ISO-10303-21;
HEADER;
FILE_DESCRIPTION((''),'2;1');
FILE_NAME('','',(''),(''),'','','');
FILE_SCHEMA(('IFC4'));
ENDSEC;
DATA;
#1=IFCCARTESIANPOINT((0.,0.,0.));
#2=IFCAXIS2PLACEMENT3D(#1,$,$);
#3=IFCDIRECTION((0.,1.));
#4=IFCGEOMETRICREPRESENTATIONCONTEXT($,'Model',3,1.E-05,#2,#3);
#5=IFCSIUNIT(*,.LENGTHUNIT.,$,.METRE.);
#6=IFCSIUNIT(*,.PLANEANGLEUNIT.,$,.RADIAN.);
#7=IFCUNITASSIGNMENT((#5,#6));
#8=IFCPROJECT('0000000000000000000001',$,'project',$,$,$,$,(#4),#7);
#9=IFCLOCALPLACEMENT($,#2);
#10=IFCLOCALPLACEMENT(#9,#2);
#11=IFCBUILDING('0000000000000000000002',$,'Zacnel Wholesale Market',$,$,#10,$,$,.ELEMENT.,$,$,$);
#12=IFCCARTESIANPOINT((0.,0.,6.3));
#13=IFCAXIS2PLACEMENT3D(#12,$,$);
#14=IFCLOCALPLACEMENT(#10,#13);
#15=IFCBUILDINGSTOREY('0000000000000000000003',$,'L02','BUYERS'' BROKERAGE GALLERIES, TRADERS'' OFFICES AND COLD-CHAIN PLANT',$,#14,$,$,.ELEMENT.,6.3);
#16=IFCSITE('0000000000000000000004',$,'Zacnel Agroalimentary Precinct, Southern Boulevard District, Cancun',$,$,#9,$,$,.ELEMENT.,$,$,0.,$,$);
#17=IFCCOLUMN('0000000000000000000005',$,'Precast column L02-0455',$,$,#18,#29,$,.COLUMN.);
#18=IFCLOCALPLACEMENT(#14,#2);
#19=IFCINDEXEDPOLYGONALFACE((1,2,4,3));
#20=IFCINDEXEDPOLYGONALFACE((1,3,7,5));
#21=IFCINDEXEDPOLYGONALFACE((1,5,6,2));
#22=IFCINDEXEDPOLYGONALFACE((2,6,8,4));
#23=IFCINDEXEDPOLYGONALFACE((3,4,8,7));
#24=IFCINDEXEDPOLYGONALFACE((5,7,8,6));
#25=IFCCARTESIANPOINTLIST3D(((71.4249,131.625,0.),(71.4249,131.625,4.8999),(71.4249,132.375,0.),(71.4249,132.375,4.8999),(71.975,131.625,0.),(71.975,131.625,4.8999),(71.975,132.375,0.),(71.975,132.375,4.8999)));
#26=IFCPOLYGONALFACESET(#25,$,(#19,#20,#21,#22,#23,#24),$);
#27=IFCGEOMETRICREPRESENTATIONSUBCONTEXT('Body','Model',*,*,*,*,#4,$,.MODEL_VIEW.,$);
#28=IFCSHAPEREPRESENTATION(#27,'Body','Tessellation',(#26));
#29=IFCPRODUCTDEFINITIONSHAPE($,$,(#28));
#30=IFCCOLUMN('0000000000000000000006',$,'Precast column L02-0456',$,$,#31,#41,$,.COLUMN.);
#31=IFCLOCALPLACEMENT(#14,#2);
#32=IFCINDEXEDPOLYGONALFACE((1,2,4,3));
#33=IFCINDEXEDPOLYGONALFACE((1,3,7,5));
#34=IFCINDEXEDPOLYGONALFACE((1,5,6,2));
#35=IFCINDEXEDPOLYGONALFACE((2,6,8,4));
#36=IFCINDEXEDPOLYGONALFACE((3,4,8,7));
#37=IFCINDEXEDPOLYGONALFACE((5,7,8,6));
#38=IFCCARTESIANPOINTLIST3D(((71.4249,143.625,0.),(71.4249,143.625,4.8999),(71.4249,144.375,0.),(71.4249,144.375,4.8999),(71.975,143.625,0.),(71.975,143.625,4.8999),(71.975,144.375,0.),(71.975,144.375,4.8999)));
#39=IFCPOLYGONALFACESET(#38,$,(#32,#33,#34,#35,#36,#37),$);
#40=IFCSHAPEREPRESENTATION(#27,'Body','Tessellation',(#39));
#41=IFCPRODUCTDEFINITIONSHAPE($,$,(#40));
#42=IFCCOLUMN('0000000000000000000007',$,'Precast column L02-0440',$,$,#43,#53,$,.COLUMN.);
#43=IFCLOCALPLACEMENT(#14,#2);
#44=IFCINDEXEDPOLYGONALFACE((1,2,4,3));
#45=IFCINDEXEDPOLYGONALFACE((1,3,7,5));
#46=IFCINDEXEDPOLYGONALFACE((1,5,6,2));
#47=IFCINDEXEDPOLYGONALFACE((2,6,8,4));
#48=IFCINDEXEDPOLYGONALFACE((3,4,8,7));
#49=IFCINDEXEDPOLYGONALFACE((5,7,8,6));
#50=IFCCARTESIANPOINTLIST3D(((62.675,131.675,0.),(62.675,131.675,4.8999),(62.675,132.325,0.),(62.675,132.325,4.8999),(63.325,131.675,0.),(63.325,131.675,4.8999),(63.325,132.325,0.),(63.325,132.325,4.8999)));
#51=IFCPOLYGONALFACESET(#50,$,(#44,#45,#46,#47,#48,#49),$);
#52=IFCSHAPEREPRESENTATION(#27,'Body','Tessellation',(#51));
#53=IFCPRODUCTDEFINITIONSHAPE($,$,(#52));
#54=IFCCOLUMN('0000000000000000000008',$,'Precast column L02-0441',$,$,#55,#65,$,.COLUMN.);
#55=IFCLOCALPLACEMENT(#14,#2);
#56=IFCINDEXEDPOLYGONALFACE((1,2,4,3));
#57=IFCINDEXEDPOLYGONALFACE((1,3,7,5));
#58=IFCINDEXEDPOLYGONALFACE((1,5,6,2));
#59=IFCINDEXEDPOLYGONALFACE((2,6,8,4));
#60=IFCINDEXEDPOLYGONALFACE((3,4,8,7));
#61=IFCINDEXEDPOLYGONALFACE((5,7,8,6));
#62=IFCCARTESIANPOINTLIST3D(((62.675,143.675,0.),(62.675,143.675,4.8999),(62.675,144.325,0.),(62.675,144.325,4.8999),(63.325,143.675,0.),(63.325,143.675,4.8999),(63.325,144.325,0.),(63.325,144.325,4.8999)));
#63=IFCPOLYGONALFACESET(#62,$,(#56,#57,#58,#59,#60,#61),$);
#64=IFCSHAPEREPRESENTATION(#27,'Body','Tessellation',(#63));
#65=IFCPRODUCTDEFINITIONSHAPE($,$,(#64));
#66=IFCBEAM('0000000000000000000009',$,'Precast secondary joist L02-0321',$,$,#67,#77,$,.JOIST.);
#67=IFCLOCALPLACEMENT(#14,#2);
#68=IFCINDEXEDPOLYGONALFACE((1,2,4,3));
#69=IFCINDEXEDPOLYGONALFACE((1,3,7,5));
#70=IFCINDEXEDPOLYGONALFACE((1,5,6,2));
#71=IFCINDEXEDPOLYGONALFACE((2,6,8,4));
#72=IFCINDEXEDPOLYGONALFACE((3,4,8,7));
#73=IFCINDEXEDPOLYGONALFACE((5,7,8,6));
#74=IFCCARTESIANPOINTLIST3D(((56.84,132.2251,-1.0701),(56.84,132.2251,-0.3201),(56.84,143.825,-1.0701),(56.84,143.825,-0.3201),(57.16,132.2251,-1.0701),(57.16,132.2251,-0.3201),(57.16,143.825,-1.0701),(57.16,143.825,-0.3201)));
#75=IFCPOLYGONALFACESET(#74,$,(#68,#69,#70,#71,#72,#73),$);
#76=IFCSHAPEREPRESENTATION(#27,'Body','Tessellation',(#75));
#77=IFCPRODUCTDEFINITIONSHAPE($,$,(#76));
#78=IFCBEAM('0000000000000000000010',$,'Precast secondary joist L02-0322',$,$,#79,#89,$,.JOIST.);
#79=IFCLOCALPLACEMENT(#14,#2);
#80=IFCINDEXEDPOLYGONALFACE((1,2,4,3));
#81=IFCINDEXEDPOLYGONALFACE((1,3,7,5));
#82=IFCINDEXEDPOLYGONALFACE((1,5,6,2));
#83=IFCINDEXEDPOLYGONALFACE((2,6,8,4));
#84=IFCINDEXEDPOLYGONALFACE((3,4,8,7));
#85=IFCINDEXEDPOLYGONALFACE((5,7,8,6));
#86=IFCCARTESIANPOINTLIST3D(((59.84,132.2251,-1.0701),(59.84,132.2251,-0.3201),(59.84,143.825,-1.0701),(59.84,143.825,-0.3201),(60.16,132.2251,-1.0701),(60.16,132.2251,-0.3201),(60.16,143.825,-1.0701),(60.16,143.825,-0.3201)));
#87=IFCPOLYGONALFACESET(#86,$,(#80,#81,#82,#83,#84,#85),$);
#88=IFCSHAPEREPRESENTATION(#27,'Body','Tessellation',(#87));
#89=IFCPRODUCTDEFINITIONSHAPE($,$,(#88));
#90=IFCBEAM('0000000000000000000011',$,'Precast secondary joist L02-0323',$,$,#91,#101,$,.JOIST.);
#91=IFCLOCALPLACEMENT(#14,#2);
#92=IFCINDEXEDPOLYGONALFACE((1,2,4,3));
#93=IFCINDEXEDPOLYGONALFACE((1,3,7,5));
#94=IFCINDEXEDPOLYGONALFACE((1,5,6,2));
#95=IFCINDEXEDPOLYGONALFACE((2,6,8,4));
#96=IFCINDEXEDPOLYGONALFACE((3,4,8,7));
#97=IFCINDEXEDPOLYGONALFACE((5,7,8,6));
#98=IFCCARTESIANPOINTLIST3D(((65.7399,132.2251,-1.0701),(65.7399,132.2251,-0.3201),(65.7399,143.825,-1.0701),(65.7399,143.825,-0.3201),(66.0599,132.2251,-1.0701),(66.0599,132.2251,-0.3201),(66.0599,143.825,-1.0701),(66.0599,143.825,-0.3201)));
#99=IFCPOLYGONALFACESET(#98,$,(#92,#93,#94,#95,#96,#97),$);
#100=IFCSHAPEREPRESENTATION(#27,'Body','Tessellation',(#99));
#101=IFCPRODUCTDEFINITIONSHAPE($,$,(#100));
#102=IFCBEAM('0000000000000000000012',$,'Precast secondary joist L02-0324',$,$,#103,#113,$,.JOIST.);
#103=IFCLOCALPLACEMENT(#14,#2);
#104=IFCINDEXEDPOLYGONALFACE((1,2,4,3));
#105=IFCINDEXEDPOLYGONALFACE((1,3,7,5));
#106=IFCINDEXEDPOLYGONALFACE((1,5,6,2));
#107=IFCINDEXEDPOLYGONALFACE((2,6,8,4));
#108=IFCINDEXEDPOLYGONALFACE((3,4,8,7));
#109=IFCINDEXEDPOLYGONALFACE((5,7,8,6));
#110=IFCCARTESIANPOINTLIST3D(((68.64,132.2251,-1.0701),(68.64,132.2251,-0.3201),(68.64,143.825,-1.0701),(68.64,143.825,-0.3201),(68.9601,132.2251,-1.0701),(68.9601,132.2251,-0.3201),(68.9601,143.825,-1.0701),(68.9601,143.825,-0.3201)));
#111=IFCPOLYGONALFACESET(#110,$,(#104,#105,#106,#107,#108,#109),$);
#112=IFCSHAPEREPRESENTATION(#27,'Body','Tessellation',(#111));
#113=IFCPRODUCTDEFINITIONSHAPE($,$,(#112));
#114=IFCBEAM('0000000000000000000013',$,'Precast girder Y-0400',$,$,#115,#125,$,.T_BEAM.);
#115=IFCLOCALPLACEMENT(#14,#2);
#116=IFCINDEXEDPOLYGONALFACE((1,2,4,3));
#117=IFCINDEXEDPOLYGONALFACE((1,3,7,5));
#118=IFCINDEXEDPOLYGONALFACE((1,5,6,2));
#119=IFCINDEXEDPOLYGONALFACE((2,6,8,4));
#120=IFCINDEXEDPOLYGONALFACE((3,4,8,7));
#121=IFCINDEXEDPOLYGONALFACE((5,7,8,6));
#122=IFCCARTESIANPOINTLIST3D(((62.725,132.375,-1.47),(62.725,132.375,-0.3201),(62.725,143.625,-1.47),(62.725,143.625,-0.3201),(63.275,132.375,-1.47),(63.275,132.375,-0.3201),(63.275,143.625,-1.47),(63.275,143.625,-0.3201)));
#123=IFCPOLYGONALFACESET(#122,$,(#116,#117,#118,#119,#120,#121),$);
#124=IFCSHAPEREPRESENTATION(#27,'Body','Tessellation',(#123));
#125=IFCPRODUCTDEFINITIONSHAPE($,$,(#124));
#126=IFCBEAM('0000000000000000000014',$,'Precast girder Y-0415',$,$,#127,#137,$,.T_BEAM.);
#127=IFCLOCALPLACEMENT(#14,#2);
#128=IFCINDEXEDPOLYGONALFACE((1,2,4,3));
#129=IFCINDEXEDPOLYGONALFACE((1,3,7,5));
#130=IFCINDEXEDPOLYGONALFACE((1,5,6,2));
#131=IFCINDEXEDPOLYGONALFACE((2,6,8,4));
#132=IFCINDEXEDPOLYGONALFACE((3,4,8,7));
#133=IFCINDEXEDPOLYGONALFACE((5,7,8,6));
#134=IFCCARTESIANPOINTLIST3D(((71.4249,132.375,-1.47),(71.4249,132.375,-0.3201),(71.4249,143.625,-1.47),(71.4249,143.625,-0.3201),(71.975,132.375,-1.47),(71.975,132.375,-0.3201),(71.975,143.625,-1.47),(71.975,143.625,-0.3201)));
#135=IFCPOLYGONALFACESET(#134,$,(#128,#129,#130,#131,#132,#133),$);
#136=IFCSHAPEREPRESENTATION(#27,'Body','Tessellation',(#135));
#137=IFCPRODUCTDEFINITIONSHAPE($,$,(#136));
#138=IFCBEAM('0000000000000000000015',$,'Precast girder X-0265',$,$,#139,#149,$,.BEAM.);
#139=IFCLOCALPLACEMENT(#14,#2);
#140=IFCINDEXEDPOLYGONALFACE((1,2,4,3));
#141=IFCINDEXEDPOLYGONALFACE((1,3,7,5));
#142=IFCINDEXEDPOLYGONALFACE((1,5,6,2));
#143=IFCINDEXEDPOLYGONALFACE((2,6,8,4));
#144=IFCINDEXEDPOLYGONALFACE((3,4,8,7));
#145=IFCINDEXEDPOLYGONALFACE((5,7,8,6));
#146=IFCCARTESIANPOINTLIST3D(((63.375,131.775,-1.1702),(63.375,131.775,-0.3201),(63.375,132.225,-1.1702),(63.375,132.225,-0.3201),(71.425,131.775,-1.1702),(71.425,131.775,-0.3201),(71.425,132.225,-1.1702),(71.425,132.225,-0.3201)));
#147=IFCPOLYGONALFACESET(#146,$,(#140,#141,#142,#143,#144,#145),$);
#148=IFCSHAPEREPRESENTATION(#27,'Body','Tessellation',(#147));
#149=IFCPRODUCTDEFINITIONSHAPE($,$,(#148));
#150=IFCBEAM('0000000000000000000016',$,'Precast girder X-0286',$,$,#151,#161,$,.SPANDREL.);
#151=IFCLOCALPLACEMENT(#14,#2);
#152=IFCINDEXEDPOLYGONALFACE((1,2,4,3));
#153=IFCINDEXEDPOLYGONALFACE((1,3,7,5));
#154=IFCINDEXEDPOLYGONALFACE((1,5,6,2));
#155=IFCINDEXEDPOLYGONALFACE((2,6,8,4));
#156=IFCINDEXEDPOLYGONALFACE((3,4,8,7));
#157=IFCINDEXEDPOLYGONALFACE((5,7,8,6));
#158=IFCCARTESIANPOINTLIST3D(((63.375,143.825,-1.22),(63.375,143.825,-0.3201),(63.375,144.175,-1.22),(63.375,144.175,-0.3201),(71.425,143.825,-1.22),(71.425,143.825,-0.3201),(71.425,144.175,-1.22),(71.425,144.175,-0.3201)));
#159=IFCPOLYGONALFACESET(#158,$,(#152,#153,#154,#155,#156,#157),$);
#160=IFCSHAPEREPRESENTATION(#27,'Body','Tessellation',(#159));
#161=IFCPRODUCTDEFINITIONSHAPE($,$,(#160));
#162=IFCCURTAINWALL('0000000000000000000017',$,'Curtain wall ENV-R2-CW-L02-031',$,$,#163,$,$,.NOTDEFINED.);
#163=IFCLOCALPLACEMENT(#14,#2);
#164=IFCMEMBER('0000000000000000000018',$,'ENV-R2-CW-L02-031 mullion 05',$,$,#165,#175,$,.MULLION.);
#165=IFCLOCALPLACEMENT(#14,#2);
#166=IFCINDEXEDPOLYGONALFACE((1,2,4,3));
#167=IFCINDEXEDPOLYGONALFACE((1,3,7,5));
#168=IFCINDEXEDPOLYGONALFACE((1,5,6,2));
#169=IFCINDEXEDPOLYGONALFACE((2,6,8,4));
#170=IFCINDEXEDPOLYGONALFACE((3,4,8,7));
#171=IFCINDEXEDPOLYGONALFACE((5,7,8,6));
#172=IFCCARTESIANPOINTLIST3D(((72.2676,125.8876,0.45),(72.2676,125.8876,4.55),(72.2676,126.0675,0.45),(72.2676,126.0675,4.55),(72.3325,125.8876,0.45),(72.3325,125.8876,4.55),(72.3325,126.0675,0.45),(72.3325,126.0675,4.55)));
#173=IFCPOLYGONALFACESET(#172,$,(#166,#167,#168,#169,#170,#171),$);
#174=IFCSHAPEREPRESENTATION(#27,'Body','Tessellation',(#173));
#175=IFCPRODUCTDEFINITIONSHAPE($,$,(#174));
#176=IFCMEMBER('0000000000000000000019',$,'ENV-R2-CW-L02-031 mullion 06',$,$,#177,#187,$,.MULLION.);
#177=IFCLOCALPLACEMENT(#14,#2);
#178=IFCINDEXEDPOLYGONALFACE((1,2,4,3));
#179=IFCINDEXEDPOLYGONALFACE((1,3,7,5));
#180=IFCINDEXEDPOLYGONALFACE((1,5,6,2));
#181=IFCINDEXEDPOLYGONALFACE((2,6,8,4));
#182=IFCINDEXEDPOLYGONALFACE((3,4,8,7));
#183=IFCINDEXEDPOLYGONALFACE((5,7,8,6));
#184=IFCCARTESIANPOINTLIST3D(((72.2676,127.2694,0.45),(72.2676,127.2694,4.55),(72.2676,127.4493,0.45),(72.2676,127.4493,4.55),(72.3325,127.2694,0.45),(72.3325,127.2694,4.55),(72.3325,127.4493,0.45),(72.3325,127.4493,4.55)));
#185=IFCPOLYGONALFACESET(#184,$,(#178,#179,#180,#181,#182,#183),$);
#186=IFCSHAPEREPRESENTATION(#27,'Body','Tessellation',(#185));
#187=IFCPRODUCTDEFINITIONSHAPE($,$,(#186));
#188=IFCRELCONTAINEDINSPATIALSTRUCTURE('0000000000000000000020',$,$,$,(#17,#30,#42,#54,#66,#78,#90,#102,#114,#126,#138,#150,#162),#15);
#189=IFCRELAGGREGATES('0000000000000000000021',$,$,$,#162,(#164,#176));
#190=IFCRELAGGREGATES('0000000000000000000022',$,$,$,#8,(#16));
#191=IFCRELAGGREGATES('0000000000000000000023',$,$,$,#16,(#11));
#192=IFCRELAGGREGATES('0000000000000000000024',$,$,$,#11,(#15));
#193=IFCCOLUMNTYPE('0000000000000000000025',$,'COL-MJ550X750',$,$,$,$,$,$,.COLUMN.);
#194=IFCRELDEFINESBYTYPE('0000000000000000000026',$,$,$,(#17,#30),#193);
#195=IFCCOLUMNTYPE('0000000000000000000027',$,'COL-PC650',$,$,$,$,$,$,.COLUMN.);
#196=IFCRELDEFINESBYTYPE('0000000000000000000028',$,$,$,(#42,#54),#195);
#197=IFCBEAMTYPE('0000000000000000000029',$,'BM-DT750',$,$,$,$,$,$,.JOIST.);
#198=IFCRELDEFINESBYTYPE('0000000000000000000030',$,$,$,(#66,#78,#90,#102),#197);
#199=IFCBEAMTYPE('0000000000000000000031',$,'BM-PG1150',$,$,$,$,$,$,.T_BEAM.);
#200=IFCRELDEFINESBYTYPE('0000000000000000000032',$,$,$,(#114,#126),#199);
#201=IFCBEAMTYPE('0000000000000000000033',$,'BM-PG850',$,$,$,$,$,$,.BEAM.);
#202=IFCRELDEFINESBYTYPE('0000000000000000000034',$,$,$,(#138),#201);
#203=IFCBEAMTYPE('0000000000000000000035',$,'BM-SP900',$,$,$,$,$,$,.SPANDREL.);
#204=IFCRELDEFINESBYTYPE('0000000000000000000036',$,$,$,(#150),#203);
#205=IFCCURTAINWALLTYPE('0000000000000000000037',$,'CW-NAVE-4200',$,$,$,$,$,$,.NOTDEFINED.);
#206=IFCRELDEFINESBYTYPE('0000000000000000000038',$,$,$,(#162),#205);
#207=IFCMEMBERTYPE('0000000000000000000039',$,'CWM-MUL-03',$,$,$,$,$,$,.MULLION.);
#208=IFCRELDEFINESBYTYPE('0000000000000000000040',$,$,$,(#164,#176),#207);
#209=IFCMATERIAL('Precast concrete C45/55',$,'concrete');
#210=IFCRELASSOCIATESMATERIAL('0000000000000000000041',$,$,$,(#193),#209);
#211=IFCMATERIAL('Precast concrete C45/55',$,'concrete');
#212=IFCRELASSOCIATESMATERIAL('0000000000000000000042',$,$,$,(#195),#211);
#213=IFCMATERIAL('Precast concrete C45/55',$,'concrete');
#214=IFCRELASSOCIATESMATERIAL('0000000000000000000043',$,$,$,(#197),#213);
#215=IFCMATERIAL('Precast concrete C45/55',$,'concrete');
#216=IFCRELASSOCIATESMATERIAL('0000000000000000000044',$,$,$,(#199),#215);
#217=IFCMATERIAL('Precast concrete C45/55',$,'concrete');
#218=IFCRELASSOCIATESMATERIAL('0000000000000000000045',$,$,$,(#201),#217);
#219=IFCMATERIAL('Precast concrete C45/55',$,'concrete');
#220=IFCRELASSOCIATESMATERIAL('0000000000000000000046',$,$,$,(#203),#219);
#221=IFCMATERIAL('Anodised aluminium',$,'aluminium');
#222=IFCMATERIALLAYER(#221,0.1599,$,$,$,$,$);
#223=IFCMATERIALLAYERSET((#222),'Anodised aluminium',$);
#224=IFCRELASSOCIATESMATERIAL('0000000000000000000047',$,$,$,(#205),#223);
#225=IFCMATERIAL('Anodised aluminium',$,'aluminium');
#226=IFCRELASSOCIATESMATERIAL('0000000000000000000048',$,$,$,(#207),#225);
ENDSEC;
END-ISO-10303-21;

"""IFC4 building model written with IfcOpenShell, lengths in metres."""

from ifc_helpers import new_model, si_unit, direction, frame, origin, origin_2d, place, context, subcontext, project, spatial, rectangle, extrude, material, layer, layer_set, material_profile, profile_set, type_object, element, aggregate, save


model = new_model("IFC4")

# Units and contexts
model_context = context("Model", 3, precision=1e-05, world=origin(), true_north=direction((0.0, 1.0)))
body_context = subcontext(model_context, "Body", "Model", "MODEL_VIEW")
ifc_project = project(units=[si_unit("LENGTHUNIT", "METRE"), si_unit("PLANEANGLEUNIT", "RADIAN")], contexts=[model_context])

# Site, building, storey
site_placement = place(None, origin())
site = spatial("IfcSite", under=ifc_project, at=site_placement, Name="Zacnel Agroalimentary Precinct, Southern Boulevard District, Cancun", CompositionType="ELEMENT", RefElevation=0.0)
building_placement = place(site_placement, origin())
building = spatial("IfcBuilding", under=site, at=building_placement, Name="Zacnel Wholesale Market", CompositionType="ELEMENT")
storey_placement = place(building_placement, frame((0.0, 0.0, 6.3)))
storey = spatial("IfcBuildingStorey", under=building, at=storey_placement, Name="L02", Description="BUYERS' BROKERAGE GALLERIES, TRADERS' OFFICES AND COLD-CHAIN PLANT", CompositionType="ELEMENT", Elevation=6.3)

# Columns
ifc_material_1 = material(Name="Precast concrete C45/55", Category="concrete")
ifc_material_profile_1 = material_profile(ifc_material_1, rectangle(XDim=0.55, YDim=0.75, at=origin_2d()), Name="PC 550x750")
ifc_profile_set_1 = profile_set([ifc_material_profile_1], Name="Precast concrete C45/55")
column_type_1 = type_object("IfcColumnType", Name="COL-MJ550X750", PredefinedType="COLUMN", material=ifc_profile_set_1)
for number, where, z_axis, x_axis, name in (
    (1, (71.7, 132.0, 0.0), (0.0, 0.0, 1.0), (1.0, 0.0, 0.0), "Precast column L02-0455"),
    (2, (71.7, 144.0, 0.0), (0.0, 0.0, 1.0), (1.0, 0.0, 0.0), "Precast column L02-0456"),
):
    element("IfcColumn", number, at=place(storey_placement, frame(where, z_axis=z_axis, x_axis=x_axis)), inside=storey, type_object=column_type_1, Name=name, PredefinedType="COLUMN", context=body_context, shape_type="SweptSolid", body=[
        extrude(rectangle(XDim=0.55, YDim=0.75, at=origin_2d()), origin(), (0.0, 0.0, 1.0), 4.8999),
    ])
ifc_material_2 = material(Name="Precast concrete C45/55", Category="concrete")
ifc_material_profile_2 = material_profile(ifc_material_2, rectangle(XDim=0.6499, YDim=0.6499, at=origin_2d()), Name="PC 650x650")
ifc_profile_set_2 = profile_set([ifc_material_profile_2], Name="Precast concrete C45/55")
column_type_2 = type_object("IfcColumnType", Name="COL-PC650", PredefinedType="COLUMN", material=ifc_profile_set_2)
for number, where, z_axis, x_axis, name in (
    (3, (63.0, 132.0, 0.0), (0.0, 0.0, 1.0), (1.0, 0.0, 0.0), "Precast column L02-0440"),
    (4, (63.0, 144.0, 0.0), (0.0, 0.0, 1.0), (1.0, 0.0, 0.0), "Precast column L02-0441"),
):
    element("IfcColumn", number, at=place(storey_placement, frame(where, z_axis=z_axis, x_axis=x_axis)), inside=storey, type_object=column_type_2, Name=name, PredefinedType="COLUMN", context=body_context, shape_type="SweptSolid", body=[
        extrude(rectangle(XDim=0.6499, YDim=0.6499, at=origin_2d()), origin(), (0.0, 0.0, 1.0), 4.8999),
    ])

# Beams
ifc_material_3 = material(Name="Precast concrete C45/55", Category="concrete")
ifc_material_profile_3 = material_profile(ifc_material_3, rectangle(XDim=0.3201, YDim=0.75, at=origin_2d()), Name="DT RIB 320x750")
ifc_profile_set_3 = profile_set([ifc_material_profile_3], Name="Precast concrete C45/55")
beam_type_1 = type_object("IfcBeamType", Name="BM-DT750", PredefinedType="JOIST", material=ifc_profile_set_3)
for number, where, z_axis, x_axis, name in (
    (5, (57.0, 132.2251, -0.6951), (0.0, 1.0, 0.0), (-1.0, 0.0, 0.0), "Precast secondary joist L02-0321"),
    (6, (60.0, 132.2251, -0.6951), (0.0, 1.0, 0.0), (-1.0, 0.0, 0.0), "Precast secondary joist L02-0322"),
    (7, (65.8999, 132.2251, -0.6951), (0.0, 1.0, 0.0), (-1.0, 0.0, 0.0), "Precast secondary joist L02-0323"),
    (8, (68.8, 132.2251, -0.6951), (0.0, 1.0, 0.0), (-1.0, 0.0, 0.0), "Precast secondary joist L02-0324"),
):
    element("IfcBeam", number, at=place(storey_placement, frame(where, z_axis=z_axis, x_axis=x_axis)), inside=storey, type_object=beam_type_1, Name=name, PredefinedType="JOIST", context=body_context, shape_type="SweptSolid", body=[
        extrude(rectangle(XDim=0.3201, YDim=0.75, at=origin_2d()), origin(), (0.0, 0.0, 1.0), 11.5999),
    ])
ifc_material_4 = material(Name="Precast concrete C45/55", Category="concrete")
ifc_material_profile_4 = material_profile(ifc_material_4, rectangle(XDim=0.55, YDim=1.1499, at=origin_2d()), Name="PG 550x1150")
ifc_profile_set_4 = profile_set([ifc_material_profile_4], Name="Precast concrete C45/55")
beam_type_2 = type_object("IfcBeamType", Name="BM-PG1150", PredefinedType="T_BEAM", material=ifc_profile_set_4)
for number, where, z_axis, x_axis, name in (
    (9, (63.0, 132.375, -0.895), (0.0, 1.0, 0.0), (-1.0, 0.0, 0.0), "Precast girder Y-0400"),
    (10, (71.7, 132.375, -0.895), (0.0, 1.0, 0.0), (-1.0, 0.0, 0.0), "Precast girder Y-0415"),
):
    element("IfcBeam", number, at=place(storey_placement, frame(where, z_axis=z_axis, x_axis=x_axis)), inside=storey, type_object=beam_type_2, Name=name, PredefinedType="T_BEAM", context=body_context, shape_type="SweptSolid", body=[
        extrude(rectangle(XDim=0.55, YDim=1.1499, at=origin_2d()), origin(), (0.0, 0.0, 1.0), 11.25),
    ])
ifc_material_5 = material(Name="Precast concrete C45/55", Category="concrete")
ifc_material_profile_5 = material_profile(ifc_material_5, rectangle(XDim=0.45, YDim=0.8501, at=origin_2d()), Name="PG 450x850")
ifc_profile_set_5 = profile_set([ifc_material_profile_5], Name="Precast concrete C45/55")
beam_type_3 = type_object("IfcBeamType", Name="BM-PG850", PredefinedType="BEAM", material=ifc_profile_set_5)
beam_1_placement = place(storey_placement, frame((63.375, 132.0, -0.7451), z_axis=(1.0, 0.0, 0.0), x_axis=(0.0, 1.0, 0.0)))
element("IfcBeam", 11, at=beam_1_placement, inside=storey, type_object=beam_type_3, Name="Precast girder X-0265", PredefinedType="BEAM", context=body_context, shape_type="SweptSolid", body=[
    extrude(rectangle(XDim=0.45, YDim=0.8501, at=origin_2d()), origin(), (0.0, 0.0, 1.0), 8.05),
])
ifc_material_6 = material(Name="Precast concrete C45/55", Category="concrete")
ifc_material_profile_6 = material_profile(ifc_material_6, rectangle(XDim=0.3501, YDim=0.8999, at=origin_2d()), Name="SP 350x900")
ifc_profile_set_6 = profile_set([ifc_material_profile_6], Name="Precast concrete C45/55")
beam_type_4 = type_object("IfcBeamType", Name="BM-SP900", PredefinedType="SPANDREL", material=ifc_profile_set_6)
beam_2_placement = place(storey_placement, frame((63.375, 144.0, -0.77), z_axis=(1.0, 0.0, 0.0), x_axis=(0.0, 1.0, 0.0)))
element("IfcBeam", 12, at=beam_2_placement, inside=storey, type_object=beam_type_4, Name="Precast girder X-0286", PredefinedType="SPANDREL", context=body_context, shape_type="SweptSolid", body=[
    extrude(rectangle(XDim=0.3501, YDim=0.8999, at=origin_2d()), origin(), (0.0, 0.0, 1.0), 8.05),
])

# Curtain wall, members
ifc_material_7 = material(Name="Anodised aluminium", Category="aluminium")
ifc_layer_1 = layer(ifc_material_7, 0.1599)
ifc_layer_set_1 = layer_set([ifc_layer_1], Name="Anodised aluminium")
curtain_wall_type = type_object("IfcCurtainWallType", Name="CW-NAVE-4200", PredefinedType="NOTDEFINED", material=ifc_layer_set_1)
curtain_wall_placement = place(storey_placement, origin())
curtain_wall = element("IfcCurtainWall", 13, at=curtain_wall_placement, inside=storey, type_object=curtain_wall_type, Name="Curtain wall ENV-R2-CW-L02-031", PredefinedType="NOTDEFINED")
ifc_material_8 = material(Name="Anodised aluminium", Category="aluminium")
ifc_material_profile_7 = material_profile(ifc_material_8, rectangle(XDim=0.0649, YDim=0.1799, at=origin_2d()), Name="AW-MULLION 65x180")
ifc_profile_set_7 = profile_set([ifc_material_profile_7], Name="Anodised aluminium")
member_type_1 = type_object("IfcMemberType", Name="CWM-MUL-03", PredefinedType="MULLION", material=ifc_profile_set_7)
member_1_placement = place(storey_placement, frame((72.3, 125.9775, 0.45), z_axis=(0.0, 0.0, 1.0), x_axis=(1.0, 0.0, 0.0)))
member_1 = element("IfcMember", 14, at=member_1_placement, type_object=member_type_1, Name="ENV-R2-CW-L02-031 mullion 05", PredefinedType="MULLION", context=body_context, shape_type="SweptSolid", body=[
    extrude(rectangle(XDim=0.0649, YDim=0.1799, at=origin_2d()), origin(), (0.0, 0.0, 1.0), 4.1001),
])
member_2_placement = place(storey_placement, frame((72.3, 127.3594, 0.45), z_axis=(0.0, 0.0, 1.0), x_axis=(1.0, 0.0, 0.0)))
member_2 = element("IfcMember", 15, at=member_2_placement, type_object=member_type_1, Name="ENV-R2-CW-L02-031 mullion 06", PredefinedType="MULLION", context=body_context, shape_type="SweptSolid", body=[
    extrude(rectangle(XDim=0.0649, YDim=0.1799, at=origin_2d()), origin(), (0.0, 0.0, 1.0), 4.1001),
])
aggregate(curtain_wall, [member_1, member_2])

save(model, "model.ifc")
